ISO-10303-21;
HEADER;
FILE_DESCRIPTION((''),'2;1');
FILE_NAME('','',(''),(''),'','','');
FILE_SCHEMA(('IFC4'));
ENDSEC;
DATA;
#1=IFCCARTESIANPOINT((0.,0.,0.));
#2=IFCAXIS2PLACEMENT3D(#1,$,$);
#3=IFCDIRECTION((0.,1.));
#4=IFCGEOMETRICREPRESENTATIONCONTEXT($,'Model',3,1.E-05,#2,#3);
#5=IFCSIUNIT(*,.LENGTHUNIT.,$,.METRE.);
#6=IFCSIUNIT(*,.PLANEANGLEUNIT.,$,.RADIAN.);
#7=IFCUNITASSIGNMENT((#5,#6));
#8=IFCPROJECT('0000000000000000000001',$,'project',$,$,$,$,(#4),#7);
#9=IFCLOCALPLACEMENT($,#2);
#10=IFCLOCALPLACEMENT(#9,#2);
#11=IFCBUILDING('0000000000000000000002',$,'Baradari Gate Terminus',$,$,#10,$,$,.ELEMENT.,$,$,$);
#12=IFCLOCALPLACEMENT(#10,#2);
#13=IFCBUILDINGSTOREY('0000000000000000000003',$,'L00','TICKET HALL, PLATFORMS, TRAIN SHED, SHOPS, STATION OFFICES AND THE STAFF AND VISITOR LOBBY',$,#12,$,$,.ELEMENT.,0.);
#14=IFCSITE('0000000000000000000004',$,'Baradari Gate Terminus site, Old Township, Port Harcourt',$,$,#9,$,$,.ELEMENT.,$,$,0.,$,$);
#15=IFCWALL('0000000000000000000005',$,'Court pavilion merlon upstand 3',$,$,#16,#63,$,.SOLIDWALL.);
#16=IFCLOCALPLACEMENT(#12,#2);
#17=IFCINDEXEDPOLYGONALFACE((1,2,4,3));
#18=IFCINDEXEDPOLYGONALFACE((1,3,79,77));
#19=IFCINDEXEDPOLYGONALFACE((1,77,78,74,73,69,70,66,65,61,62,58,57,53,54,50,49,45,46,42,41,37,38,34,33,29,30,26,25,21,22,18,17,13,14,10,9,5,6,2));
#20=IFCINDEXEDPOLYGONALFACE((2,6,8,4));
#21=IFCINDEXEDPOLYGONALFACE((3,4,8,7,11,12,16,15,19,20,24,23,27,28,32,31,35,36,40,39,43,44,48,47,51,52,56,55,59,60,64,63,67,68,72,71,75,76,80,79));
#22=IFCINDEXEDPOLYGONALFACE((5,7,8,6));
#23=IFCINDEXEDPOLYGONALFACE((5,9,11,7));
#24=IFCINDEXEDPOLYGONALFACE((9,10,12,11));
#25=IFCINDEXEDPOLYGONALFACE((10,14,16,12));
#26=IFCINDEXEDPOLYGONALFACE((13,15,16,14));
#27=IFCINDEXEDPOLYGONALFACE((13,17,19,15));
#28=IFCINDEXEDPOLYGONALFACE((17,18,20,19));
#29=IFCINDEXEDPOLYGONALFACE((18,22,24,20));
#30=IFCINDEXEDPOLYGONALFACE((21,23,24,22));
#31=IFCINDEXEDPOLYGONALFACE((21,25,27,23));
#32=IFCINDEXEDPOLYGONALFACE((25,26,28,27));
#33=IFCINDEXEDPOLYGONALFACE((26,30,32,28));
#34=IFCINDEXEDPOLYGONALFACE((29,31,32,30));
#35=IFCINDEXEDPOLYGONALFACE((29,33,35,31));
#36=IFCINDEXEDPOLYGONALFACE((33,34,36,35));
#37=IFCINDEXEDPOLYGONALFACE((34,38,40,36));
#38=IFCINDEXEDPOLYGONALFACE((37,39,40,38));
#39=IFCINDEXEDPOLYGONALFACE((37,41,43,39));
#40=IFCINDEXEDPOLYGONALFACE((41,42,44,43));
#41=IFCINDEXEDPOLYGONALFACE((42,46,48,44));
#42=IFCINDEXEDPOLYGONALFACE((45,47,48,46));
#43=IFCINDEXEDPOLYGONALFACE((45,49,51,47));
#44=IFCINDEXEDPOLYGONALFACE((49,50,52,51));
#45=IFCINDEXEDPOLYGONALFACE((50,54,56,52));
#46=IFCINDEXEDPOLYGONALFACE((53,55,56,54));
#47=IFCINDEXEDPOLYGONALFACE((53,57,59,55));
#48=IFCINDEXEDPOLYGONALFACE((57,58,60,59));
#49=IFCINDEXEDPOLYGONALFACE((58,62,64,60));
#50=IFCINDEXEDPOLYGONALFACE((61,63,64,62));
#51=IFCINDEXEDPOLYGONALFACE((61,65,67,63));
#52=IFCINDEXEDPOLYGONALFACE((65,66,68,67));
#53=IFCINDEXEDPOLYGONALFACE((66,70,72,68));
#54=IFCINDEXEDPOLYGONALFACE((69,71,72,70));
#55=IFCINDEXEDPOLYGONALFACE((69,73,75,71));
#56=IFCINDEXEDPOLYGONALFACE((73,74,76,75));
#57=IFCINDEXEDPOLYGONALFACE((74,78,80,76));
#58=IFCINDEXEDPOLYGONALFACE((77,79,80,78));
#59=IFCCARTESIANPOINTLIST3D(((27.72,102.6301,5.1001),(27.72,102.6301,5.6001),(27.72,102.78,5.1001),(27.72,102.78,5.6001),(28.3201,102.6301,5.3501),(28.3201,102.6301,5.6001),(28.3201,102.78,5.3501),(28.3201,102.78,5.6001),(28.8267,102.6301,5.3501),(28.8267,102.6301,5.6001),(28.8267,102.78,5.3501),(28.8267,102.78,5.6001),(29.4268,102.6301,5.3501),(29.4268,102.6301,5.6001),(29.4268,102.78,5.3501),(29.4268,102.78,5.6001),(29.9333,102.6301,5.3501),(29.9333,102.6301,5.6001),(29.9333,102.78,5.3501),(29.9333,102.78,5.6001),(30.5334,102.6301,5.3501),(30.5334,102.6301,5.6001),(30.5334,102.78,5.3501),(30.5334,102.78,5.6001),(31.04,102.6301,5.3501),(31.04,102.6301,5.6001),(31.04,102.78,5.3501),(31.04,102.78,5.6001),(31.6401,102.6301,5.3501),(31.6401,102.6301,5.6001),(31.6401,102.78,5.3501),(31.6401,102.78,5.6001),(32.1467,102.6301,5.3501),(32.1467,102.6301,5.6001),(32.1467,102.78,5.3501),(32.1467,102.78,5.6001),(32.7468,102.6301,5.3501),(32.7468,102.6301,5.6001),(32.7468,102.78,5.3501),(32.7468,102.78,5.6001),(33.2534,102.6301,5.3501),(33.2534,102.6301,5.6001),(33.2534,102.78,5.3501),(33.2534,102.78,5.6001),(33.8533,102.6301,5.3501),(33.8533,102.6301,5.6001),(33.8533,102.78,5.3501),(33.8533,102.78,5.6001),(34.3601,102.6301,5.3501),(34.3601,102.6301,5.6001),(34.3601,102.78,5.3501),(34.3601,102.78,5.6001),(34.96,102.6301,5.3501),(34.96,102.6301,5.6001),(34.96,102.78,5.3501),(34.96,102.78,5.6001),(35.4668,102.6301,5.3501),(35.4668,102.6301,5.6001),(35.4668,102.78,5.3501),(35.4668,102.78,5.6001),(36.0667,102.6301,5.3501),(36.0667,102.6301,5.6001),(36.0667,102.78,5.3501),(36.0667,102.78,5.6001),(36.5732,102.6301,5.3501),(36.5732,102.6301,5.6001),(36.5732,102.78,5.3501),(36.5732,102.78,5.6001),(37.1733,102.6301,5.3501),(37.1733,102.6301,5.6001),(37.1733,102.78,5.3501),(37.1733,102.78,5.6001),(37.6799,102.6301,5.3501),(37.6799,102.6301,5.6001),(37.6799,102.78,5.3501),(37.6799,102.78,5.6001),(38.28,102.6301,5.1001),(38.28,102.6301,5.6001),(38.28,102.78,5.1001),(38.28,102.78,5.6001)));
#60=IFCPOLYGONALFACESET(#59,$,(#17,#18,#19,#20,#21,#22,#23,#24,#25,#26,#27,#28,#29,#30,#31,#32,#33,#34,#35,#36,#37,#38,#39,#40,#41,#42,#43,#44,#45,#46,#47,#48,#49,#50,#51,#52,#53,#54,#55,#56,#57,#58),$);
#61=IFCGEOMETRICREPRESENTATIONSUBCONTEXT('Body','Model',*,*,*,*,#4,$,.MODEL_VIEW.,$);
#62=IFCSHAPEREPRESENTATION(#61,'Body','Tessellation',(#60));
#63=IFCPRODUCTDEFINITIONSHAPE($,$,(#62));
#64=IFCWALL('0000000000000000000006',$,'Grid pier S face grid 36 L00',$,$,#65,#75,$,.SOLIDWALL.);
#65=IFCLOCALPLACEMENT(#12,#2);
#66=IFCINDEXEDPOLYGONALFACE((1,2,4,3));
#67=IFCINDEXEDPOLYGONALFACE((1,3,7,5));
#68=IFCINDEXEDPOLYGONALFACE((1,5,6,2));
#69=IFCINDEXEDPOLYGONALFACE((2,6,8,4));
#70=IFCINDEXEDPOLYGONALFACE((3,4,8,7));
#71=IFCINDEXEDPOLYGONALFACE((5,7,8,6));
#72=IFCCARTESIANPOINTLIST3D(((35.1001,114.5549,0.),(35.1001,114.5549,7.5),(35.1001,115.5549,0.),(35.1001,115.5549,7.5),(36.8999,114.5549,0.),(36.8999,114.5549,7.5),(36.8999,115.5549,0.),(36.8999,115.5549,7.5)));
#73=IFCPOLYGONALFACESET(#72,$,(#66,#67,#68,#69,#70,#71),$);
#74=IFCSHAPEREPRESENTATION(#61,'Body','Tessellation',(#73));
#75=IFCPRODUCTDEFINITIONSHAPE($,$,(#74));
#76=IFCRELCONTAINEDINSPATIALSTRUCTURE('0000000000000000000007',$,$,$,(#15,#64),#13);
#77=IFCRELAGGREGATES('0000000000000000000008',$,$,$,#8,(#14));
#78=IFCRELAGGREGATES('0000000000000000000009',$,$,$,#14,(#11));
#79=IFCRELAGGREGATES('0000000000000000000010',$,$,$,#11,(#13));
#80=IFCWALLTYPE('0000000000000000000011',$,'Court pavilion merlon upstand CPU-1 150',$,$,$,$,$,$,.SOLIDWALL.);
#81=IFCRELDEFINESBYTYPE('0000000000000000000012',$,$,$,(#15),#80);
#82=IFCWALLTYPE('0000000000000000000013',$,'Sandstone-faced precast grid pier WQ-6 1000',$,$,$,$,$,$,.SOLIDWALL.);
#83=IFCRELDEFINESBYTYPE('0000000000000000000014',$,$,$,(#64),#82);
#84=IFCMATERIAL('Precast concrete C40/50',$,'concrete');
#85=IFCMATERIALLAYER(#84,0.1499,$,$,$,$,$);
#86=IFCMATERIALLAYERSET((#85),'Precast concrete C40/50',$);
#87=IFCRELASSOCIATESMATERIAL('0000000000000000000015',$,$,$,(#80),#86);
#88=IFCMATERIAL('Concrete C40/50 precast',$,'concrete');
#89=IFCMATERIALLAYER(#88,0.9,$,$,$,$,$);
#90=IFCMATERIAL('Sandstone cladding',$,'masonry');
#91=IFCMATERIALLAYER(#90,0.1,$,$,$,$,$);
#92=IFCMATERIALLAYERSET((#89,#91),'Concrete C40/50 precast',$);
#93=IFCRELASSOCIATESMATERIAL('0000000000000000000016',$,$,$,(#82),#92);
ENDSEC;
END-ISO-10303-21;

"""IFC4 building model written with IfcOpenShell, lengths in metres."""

from ifc_helpers import new_model, si_unit, direction, frame, frame_2d, origin, place, context, subcontext, project, spatial, polyline, rectangle, outline, extrude, material, layer, layer_set, type_object, element, save


model = new_model("IFC4")

# Units and contexts
model_context = context("Model", 3, precision=1e-05, world=origin(), true_north=direction((0.0, 1.0)))
body_context = subcontext(model_context, "Body", "Model", "MODEL_VIEW")
ifc_project = project(units=[si_unit("LENGTHUNIT", "METRE"), si_unit("PLANEANGLEUNIT", "RADIAN")], contexts=[model_context])

# Site, building, storey
site_placement = place(None, origin())
site = spatial("IfcSite", under=ifc_project, at=site_placement, Name="Baradari Gate Terminus site, Old Township, Port Harcourt", CompositionType="ELEMENT", RefElevation=0.0)
building_placement = place(site_placement, origin())
building = spatial("IfcBuilding", under=site, at=building_placement, Name="Baradari Gate Terminus", CompositionType="ELEMENT")
storey_placement = place(building_placement, origin())
storey = spatial("IfcBuildingStorey", under=building, at=storey_placement, Name="L00", Description="TICKET HALL, PLATFORMS, TRAIN SHED, SHOPS, STATION OFFICES AND THE STAFF AND VISITOR LOBBY", CompositionType="ELEMENT", Elevation=0.0)

# Wall
ifc_material_1 = material(Name="Precast concrete C40/50", Category="concrete")
ifc_layer_1 = layer(ifc_material_1, 0.1499)
ifc_layer_set_1 = layer_set([ifc_layer_1], Name="Precast concrete C40/50")
wall_type_1 = type_object("IfcWallType", Name="Court pavilion merlon upstand CPU-1 150", PredefinedType="SOLIDWALL", material=ifc_layer_set_1)
wall_1_placement = place(storey_placement, frame((38.28, 102.7051, 5.1001), z_axis=(0.0, 0.0, 1.0), x_axis=(-1.0, 0.0, 0.0)))
element("IfcWall", 1, at=wall_1_placement, inside=storey, type_object=wall_type_1, Name="Court pavilion merlon upstand 3", PredefinedType="SOLIDWALL", context=body_context, shape_type="SweptSolid", body=[
    extrude(outline(polyline([(0.0, 0.0), (10.5601, 0.0), (10.5601, 0.5), (9.96, 0.5), (9.96, 0.25), (9.4534, 0.25), (9.4534, 0.5), (8.8533, 0.5), (8.8533, 0.25), (8.3467, 0.25), (8.3467, 0.5), (7.7466, 0.5), (7.7466, 0.25), (7.24, 0.25), (7.24, 0.5), (6.6399, 0.5), (6.6399, 0.25), (6.1333, 0.25), (6.1333, 0.5), (5.5332, 0.5), (5.5332, 0.25), (5.0266, 0.25), (5.0266, 0.5), (4.4268, 0.5), (4.4268, 0.25), (3.9199, 0.25), (3.9199, 0.5), (3.3201, 0.5), (3.3201, 0.25), (2.8132, 0.25), (2.8132, 0.5), (2.2134, 0.5), (2.2134, 0.25), (1.7068, 0.25), (1.7068, 0.5), (1.1067, 0.5), (1.1067, 0.25), (0.6001, 0.25), (0.6001, 0.5), (0.0, 0.5), (0.0, 0.0)])), frame((0.0, 0.075, 0.0), z_axis=(0.0, -1.0, 0.0), x_axis=(1.0, 0.0, 0.0)), (0.0, 0.0, 1.0), 0.1499),
])

# Wall
ifc_material_2 = material(Name="Concrete C40/50 precast", Category="concrete")
ifc_layer_2 = layer(ifc_material_2, 0.9)
ifc_material_3 = material(Name="Sandstone cladding", Category="masonry")
ifc_layer_3 = layer(ifc_material_3, 0.1)
ifc_layer_set_2 = layer_set([ifc_layer_2, ifc_layer_3], Name="Concrete C40/50 precast")
wall_type_2 = type_object("IfcWallType", Name="Sandstone-faced precast grid pier WQ-6 1000", PredefinedType="SOLIDWALL", material=ifc_layer_set_2)
wall_2_placement = place(storey_placement, frame((35.1001, 115.0549, 0.0), z_axis=(0.0, 0.0, 1.0), x_axis=(1.0, 0.0, 0.0)))
element("IfcWall", 2, at=wall_2_placement, inside=storey, type_object=wall_type_2, Name="Grid pier S face grid 36 L00", PredefinedType="SOLIDWALL", context=body_context, shape_type="SweptSolid", body=[
    extrude(rectangle(XDim=1.7998, YDim=1.0, at=frame_2d((0.8999, 0.0))), origin(), (0.0, 0.0, 1.0), 7.5),
])

save(model, "model.ifc")
